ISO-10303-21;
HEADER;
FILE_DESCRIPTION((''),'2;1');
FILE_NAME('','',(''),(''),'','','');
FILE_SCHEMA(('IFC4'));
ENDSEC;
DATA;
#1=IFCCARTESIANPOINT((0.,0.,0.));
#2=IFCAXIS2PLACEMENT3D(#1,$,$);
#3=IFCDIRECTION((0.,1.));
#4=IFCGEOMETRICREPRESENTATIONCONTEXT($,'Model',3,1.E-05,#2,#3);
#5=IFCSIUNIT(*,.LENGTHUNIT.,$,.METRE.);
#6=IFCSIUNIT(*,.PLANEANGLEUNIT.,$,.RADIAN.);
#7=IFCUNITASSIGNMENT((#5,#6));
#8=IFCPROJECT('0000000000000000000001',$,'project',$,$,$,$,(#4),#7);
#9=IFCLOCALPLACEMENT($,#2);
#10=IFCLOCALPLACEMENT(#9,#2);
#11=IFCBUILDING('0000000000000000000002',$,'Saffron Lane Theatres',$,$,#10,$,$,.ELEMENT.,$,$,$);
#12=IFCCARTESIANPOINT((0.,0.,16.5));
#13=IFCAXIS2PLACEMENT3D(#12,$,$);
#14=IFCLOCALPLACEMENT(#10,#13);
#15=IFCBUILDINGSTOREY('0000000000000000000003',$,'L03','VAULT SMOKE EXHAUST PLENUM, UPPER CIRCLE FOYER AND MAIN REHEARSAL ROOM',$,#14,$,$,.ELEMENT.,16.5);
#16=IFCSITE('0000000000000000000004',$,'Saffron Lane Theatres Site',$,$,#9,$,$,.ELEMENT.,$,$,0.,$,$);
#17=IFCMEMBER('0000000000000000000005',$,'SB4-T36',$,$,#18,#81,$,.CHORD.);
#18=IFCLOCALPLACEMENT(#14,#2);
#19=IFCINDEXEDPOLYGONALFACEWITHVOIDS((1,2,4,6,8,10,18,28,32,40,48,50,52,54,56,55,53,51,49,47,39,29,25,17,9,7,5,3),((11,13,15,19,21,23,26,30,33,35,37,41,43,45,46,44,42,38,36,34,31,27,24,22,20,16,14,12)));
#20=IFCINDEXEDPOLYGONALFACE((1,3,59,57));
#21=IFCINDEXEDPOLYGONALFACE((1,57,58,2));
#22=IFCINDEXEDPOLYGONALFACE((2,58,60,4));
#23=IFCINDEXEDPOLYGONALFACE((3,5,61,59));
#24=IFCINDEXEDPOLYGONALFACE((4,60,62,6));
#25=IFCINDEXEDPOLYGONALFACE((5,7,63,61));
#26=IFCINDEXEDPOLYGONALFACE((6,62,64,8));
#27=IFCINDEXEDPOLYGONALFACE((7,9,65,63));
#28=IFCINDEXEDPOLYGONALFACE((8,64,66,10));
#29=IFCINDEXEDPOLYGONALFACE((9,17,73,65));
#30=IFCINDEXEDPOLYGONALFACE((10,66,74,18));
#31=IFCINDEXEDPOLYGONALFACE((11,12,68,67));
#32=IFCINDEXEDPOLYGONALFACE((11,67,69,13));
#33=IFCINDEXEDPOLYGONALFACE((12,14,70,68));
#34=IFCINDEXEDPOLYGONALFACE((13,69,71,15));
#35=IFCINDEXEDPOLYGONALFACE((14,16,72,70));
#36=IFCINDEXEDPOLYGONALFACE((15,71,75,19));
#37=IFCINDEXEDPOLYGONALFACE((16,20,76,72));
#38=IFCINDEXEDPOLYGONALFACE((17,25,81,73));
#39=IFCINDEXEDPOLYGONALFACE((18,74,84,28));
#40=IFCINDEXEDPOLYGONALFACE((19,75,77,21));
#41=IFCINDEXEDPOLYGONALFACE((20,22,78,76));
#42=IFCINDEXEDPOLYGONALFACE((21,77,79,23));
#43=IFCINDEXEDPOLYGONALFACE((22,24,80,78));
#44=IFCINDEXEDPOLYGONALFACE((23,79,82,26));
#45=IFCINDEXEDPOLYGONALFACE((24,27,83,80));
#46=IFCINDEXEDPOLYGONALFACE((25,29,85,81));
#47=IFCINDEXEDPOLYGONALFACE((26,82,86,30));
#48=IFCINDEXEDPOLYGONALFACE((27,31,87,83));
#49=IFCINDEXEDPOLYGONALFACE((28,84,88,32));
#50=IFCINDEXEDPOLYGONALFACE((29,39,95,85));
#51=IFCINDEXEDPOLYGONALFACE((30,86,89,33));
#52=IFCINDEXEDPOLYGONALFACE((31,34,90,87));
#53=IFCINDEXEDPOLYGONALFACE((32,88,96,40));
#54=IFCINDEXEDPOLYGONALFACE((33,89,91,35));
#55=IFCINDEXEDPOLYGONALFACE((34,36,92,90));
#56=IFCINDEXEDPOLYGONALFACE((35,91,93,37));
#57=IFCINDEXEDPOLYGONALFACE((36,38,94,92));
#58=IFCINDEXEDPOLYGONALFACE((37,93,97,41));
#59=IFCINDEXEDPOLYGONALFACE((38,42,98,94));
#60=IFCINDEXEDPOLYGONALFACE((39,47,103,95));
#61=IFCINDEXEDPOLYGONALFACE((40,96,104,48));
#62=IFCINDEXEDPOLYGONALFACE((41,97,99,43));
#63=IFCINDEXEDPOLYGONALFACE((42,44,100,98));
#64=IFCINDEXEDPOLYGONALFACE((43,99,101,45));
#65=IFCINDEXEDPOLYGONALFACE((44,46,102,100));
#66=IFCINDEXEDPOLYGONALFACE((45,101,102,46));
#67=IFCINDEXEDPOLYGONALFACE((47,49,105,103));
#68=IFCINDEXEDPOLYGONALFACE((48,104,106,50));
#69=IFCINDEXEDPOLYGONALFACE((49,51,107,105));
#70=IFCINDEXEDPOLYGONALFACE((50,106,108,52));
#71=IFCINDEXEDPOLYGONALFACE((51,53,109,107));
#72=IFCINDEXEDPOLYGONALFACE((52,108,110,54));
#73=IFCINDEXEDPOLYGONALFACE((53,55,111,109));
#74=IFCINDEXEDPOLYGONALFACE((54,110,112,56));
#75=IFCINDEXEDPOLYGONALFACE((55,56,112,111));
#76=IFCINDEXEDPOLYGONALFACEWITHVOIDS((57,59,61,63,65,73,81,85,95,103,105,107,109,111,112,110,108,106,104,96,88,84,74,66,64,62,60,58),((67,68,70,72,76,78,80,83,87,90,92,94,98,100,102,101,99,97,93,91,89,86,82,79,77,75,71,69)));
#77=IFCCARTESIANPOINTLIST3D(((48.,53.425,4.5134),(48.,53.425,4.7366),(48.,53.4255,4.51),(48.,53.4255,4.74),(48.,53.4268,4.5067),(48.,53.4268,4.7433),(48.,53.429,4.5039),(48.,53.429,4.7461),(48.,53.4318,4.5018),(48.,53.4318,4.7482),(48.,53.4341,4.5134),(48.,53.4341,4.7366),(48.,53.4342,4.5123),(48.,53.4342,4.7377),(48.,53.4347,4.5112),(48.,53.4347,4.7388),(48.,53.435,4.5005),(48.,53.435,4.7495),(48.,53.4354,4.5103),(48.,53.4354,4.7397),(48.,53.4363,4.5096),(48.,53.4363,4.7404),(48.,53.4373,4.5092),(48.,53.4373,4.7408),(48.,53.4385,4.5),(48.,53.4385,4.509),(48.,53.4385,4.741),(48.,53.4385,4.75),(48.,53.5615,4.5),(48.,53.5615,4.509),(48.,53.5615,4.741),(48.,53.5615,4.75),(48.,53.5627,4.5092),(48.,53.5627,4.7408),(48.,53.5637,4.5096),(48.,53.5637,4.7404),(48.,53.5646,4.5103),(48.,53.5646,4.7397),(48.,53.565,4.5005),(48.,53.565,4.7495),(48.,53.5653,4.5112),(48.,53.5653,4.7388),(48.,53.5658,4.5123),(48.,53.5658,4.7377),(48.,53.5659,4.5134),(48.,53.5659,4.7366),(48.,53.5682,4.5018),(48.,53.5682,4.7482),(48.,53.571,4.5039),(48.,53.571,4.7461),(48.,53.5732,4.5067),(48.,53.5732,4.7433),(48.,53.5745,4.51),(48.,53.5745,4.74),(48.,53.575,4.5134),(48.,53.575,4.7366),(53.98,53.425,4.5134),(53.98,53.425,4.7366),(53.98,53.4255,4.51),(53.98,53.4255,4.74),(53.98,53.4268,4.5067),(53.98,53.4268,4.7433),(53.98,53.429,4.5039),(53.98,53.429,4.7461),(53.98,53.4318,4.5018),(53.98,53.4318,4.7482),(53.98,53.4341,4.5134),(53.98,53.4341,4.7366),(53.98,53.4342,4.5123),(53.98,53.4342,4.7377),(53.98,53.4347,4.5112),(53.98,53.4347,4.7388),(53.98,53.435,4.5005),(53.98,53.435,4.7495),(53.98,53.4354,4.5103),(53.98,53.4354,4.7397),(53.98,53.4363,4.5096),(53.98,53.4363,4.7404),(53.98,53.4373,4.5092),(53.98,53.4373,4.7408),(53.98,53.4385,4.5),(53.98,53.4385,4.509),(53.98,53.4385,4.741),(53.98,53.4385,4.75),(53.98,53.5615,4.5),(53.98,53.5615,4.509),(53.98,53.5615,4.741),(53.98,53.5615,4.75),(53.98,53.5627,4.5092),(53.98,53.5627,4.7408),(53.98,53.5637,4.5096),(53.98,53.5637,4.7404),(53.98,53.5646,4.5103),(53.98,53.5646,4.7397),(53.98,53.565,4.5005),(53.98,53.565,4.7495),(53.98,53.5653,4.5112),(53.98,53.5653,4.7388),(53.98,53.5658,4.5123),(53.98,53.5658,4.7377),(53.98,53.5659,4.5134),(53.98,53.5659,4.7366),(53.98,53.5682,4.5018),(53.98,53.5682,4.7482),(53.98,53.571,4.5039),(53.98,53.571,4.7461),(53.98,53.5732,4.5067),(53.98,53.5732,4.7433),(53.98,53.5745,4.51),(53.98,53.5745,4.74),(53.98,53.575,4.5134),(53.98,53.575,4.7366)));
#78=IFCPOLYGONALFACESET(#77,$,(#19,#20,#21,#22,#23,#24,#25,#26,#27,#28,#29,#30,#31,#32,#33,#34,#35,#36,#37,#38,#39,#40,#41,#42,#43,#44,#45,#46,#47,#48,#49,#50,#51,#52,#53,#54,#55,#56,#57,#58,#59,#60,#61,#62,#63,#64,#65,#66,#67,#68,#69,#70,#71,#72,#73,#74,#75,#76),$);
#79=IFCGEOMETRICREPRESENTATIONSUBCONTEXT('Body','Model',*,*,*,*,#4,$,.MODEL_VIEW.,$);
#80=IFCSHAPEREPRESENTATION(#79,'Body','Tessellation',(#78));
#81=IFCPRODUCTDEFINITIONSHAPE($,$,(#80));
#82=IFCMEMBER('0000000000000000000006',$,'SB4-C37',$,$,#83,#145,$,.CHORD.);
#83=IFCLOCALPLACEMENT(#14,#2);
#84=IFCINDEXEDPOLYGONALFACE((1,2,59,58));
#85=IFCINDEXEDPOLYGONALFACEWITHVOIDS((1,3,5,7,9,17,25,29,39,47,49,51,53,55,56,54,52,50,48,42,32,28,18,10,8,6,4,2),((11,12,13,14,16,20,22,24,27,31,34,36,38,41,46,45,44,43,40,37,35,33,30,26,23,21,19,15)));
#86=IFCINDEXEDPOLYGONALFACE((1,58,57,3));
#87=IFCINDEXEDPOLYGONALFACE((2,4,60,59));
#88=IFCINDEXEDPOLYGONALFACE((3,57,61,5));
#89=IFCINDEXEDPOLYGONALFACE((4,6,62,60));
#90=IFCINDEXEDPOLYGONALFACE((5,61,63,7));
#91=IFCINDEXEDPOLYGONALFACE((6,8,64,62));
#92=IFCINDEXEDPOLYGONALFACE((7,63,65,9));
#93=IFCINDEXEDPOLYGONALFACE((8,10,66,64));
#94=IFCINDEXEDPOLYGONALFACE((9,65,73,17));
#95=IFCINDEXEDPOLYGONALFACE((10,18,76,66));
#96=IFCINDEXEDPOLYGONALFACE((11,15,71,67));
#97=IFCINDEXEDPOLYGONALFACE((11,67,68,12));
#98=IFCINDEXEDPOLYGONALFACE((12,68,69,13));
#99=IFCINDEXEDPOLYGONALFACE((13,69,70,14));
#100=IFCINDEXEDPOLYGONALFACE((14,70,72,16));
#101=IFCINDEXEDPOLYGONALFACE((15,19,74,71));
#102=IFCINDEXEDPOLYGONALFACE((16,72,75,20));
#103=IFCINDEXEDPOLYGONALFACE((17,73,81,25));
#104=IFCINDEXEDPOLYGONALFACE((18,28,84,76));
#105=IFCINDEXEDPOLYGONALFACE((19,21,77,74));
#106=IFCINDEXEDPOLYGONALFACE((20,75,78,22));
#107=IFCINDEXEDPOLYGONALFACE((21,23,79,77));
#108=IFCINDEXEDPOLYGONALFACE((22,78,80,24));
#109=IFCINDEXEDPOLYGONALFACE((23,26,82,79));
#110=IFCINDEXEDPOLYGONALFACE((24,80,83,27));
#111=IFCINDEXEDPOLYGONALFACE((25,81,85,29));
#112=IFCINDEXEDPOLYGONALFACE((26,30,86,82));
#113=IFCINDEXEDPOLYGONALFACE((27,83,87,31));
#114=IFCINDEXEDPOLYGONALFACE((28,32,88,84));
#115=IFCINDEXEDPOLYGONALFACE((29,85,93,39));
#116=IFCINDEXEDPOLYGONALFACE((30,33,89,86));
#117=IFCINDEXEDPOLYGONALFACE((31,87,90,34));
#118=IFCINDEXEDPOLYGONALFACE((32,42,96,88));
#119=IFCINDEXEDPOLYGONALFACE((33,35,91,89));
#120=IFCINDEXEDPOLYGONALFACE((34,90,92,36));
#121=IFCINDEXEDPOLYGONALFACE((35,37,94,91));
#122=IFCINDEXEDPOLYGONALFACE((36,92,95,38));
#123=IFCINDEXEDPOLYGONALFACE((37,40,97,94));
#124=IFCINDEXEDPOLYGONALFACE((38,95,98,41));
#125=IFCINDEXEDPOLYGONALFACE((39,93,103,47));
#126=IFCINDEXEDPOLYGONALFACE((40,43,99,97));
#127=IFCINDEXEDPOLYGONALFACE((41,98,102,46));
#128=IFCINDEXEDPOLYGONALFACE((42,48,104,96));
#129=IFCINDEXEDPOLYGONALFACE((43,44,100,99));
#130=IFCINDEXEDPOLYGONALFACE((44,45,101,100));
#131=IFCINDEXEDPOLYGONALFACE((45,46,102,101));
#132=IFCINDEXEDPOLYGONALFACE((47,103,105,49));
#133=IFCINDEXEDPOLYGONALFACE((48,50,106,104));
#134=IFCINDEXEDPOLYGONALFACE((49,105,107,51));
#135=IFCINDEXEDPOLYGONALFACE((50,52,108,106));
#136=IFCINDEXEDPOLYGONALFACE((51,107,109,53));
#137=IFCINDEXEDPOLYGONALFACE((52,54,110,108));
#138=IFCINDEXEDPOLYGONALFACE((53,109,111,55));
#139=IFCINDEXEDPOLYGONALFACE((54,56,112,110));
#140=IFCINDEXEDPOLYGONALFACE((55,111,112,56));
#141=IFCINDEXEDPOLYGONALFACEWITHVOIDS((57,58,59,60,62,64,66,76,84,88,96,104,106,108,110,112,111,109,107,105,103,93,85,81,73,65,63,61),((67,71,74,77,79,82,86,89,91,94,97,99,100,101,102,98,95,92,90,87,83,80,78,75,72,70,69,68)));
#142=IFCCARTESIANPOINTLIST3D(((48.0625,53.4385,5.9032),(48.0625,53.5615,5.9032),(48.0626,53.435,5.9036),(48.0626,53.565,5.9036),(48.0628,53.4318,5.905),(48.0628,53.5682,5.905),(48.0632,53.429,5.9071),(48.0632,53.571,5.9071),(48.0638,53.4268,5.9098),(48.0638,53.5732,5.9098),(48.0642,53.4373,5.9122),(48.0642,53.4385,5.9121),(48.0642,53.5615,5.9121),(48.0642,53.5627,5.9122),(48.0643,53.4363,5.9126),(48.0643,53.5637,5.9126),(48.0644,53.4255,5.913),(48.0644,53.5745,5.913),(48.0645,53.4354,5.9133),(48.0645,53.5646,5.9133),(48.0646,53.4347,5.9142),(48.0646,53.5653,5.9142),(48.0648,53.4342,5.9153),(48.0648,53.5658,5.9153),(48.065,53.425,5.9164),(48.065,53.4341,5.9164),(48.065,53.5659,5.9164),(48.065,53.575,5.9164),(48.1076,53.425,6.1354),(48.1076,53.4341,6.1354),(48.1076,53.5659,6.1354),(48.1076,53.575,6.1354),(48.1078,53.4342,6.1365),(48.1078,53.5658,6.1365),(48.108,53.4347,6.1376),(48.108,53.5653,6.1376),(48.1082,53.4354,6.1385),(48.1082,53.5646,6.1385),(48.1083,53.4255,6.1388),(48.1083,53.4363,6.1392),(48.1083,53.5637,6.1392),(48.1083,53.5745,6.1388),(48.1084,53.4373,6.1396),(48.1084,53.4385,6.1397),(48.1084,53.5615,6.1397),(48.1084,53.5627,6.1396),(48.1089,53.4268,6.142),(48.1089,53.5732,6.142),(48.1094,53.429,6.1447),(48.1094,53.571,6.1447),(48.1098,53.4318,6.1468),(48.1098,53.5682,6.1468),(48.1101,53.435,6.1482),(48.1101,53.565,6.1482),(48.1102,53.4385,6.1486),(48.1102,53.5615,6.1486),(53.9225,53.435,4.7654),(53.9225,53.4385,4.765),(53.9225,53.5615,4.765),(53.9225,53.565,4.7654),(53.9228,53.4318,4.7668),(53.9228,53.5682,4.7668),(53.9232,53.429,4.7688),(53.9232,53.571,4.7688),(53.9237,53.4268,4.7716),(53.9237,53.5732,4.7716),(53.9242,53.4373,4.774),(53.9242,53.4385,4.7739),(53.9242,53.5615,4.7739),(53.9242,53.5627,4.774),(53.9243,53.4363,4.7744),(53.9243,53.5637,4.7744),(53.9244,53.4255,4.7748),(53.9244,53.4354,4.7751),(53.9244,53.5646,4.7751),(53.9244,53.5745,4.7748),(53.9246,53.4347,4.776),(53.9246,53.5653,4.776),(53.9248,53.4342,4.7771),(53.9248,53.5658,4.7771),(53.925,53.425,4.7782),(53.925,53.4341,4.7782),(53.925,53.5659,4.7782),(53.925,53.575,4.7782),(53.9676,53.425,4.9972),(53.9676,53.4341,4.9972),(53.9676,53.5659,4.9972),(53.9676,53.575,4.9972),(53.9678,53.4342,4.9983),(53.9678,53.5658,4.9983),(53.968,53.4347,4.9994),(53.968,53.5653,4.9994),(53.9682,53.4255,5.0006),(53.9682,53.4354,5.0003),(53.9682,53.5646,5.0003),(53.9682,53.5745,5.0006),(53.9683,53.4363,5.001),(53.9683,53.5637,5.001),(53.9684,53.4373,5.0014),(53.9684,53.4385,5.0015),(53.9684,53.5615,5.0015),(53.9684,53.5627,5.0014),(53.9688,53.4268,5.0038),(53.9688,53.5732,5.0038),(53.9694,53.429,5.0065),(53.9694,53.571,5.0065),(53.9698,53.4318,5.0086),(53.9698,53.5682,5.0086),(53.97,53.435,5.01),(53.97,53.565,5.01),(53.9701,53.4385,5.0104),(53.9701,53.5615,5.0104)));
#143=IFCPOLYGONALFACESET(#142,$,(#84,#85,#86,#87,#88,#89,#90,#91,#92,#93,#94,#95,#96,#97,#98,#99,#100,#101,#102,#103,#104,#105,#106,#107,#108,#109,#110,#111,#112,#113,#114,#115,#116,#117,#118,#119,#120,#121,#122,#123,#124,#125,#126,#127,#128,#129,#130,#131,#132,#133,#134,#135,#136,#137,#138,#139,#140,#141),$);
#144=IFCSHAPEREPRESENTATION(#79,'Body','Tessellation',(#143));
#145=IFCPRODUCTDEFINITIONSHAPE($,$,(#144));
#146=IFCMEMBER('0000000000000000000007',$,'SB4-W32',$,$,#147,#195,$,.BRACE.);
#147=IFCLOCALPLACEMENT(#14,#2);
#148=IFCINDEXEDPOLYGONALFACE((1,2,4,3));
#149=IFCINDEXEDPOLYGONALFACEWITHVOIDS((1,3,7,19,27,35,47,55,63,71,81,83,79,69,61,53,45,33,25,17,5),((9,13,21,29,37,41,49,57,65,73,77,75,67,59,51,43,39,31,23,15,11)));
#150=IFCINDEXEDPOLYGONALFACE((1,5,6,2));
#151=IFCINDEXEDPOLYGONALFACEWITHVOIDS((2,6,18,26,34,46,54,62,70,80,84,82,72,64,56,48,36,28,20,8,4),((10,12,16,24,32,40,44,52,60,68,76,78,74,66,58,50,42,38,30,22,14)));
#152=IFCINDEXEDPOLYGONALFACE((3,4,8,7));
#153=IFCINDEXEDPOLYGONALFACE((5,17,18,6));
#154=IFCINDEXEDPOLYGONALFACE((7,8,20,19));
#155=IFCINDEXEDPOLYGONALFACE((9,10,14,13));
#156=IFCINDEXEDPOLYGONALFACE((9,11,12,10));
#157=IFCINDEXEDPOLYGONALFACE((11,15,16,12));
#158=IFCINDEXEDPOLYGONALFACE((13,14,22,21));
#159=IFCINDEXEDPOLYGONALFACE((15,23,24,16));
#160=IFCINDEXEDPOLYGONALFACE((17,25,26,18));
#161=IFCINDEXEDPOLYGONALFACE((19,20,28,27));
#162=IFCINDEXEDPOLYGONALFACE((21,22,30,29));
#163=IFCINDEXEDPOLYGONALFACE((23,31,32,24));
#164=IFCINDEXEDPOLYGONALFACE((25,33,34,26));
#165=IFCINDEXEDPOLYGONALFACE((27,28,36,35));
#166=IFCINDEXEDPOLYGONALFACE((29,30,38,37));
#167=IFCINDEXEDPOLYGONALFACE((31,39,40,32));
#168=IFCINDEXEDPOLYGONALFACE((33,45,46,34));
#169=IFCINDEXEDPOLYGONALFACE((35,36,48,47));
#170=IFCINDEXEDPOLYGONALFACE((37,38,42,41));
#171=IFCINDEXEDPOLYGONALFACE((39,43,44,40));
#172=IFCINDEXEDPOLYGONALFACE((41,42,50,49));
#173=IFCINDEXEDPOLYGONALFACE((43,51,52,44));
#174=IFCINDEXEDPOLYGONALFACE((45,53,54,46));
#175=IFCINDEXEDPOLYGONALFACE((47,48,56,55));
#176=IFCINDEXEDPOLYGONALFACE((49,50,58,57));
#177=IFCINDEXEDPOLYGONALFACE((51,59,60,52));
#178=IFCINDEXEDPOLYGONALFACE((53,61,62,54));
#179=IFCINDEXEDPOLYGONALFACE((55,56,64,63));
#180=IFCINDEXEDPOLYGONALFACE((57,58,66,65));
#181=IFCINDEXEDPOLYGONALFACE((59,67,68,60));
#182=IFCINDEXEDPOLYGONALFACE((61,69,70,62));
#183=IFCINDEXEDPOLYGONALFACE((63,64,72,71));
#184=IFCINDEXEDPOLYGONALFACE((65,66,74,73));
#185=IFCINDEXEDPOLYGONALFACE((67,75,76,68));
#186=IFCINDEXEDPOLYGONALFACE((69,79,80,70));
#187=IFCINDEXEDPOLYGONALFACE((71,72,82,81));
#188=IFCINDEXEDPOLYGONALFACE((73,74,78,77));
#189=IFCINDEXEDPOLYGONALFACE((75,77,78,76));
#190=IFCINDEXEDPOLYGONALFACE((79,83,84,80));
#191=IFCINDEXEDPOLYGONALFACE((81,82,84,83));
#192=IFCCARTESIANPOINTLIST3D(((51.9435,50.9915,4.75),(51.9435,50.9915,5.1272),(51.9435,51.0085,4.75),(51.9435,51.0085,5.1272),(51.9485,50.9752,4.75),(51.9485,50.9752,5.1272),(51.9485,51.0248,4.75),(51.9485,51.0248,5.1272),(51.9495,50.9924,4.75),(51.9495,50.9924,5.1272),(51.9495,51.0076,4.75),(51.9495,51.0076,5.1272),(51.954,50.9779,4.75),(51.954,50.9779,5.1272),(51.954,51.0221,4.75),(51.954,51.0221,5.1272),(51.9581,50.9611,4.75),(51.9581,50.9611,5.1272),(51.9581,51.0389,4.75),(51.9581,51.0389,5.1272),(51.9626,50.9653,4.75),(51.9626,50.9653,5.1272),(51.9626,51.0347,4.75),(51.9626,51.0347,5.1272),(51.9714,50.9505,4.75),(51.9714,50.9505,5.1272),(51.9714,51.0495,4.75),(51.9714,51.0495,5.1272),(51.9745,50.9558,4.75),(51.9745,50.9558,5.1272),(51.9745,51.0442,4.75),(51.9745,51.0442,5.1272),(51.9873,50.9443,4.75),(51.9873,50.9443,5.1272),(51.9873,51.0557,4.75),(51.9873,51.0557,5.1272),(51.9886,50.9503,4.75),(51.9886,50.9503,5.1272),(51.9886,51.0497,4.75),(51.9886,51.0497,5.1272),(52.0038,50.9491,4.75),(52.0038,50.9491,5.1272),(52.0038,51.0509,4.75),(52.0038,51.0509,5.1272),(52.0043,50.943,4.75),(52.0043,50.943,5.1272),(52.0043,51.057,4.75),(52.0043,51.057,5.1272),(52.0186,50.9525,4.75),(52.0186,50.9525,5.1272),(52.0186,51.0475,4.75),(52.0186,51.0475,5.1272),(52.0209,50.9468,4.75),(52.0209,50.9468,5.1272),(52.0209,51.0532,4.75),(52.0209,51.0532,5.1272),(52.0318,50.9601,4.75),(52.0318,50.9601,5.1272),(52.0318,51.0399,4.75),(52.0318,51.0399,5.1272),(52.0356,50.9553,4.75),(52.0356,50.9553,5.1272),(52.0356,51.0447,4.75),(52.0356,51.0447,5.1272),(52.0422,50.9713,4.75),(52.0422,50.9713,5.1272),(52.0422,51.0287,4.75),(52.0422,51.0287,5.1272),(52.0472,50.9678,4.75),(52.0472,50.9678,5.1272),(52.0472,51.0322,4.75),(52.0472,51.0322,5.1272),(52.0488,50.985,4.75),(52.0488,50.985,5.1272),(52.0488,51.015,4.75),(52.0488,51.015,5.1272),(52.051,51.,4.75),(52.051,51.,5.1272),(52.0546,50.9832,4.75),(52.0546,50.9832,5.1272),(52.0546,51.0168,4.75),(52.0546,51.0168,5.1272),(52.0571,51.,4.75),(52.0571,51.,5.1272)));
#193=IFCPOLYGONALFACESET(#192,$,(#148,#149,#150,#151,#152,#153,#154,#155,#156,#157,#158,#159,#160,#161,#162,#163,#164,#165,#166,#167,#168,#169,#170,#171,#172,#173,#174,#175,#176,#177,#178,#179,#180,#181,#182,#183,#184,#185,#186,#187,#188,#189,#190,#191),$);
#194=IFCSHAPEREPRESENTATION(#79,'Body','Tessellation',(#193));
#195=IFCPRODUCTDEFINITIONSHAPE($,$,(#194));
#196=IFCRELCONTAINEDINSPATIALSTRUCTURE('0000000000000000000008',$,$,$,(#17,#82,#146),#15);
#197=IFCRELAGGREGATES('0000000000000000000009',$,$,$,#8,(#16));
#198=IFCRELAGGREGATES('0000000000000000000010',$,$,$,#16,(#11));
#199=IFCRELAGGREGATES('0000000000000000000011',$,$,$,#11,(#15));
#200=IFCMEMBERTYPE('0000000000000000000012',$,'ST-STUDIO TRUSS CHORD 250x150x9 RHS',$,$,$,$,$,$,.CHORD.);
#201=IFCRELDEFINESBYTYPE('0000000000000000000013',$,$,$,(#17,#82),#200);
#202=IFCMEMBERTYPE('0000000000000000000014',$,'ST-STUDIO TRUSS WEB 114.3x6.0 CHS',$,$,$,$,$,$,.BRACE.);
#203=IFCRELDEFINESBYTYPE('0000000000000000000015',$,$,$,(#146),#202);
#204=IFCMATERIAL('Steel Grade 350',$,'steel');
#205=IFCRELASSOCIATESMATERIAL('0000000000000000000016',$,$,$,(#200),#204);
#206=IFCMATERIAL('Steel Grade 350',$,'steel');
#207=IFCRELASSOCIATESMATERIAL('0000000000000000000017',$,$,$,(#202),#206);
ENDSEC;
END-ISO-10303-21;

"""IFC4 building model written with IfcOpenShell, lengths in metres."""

from ifc_helpers import new_model, si_unit, direction, frame, origin, origin_2d, place, context, subcontext, project, spatial, hollow_rectangle, hollow_circle, extrude, material, material_profile, profile_set, type_object, element, save


model = new_model("IFC4")

# Units and contexts
model_context = context("Model", 3, precision=1e-05, world=origin(), true_north=direction((0.0, 1.0)))
body_context = subcontext(model_context, "Body", "Model", "MODEL_VIEW")
ifc_project = project(units=[si_unit("LENGTHUNIT", "METRE"), si_unit("PLANEANGLEUNIT", "RADIAN")], contexts=[model_context])

# Site, building, storey
site_placement = place(None, origin())
site = spatial("IfcSite", under=ifc_project, at=site_placement, Name="Saffron Lane Theatres Site", CompositionType="ELEMENT", RefElevation=0.0)
building_placement = place(site_placement, origin())
building = spatial("IfcBuilding", under=site, at=building_placement, Name="Saffron Lane Theatres", CompositionType="ELEMENT")
storey_placement = place(building_placement, frame((0.0, 0.0, 16.5)))
storey = spatial("IfcBuildingStorey", under=building, at=storey_placement, Name="L03", Description="VAULT SMOKE EXHAUST PLENUM, UPPER CIRCLE FOYER AND MAIN REHEARSAL ROOM", CompositionType="ELEMENT", Elevation=16.5)

# Members
ifc_material_1 = material(Name="Steel Grade 350", Category="steel")
ifc_material_profile_1 = material_profile(ifc_material_1, hollow_rectangle(XDim=0.1499, YDim=0.25, WallThickness=0.009, InnerFilletRadius=0.0044, OuterFilletRadius=0.0134, at=origin_2d()))
ifc_profile_set_1 = profile_set([ifc_material_profile_1], Name="Steel Grade 350")
member_type_1 = type_object("IfcMemberType", Name="ST-STUDIO TRUSS CHORD 250x150x9 RHS", PredefinedType="CHORD", material=ifc_profile_set_1)
member_1_placement = place(storey_placement, frame((53.98, 53.5, 4.625), z_axis=(-1.0, 0.0, 0.0), x_axis=(0.0, -1.0, 0.0)))
element("IfcMember", 1, at=member_1_placement, inside=storey, type_object=member_type_1, Name="SB4-T36", PredefinedType="CHORD", context=body_context, shape_type="SweptSolid", body=[
    extrude(hollow_rectangle(XDim=0.1499, YDim=0.25, WallThickness=0.009, InnerFilletRadius=0.0044, OuterFilletRadius=0.0134, at=origin_2d()), origin(), (0.0, 0.0, 1.0), 5.98),
])
member_2_placement = place(storey_placement, frame((53.9463, 53.5, 4.8877), z_axis=(-0.981654, 0.0, 0.19067), x_axis=(0.0, -1.0, 0.0)))
element("IfcMember", 2, at=member_2_placement, inside=storey, type_object=member_type_1, Name="SB4-C37", PredefinedType="CHORD", context=body_context, shape_type="SweptSolid", body=[
    extrude(hollow_rectangle(XDim=0.1499, YDim=0.25, WallThickness=0.009, InnerFilletRadius=0.0044, OuterFilletRadius=0.0134, at=origin_2d()), origin(), (0.0, 0.0, 1.0), 5.9695),
])
ifc_material_2 = material(Name="Steel Grade 350", Category="steel")
ifc_material_profile_2 = material_profile(ifc_material_2, hollow_circle(Radius=0.0571, WallThickness=0.0061, at=origin_2d()))
ifc_profile_set_2 = profile_set([ifc_material_profile_2], Name="Steel Grade 350")
member_type_2 = type_object("IfcMemberType", Name="ST-STUDIO TRUSS WEB 114.3x6.0 CHS", PredefinedType="BRACE", material=ifc_profile_set_2)
for number, where, z_axis, x_axis, name in (
    (3, (52.0, 51.0, 4.75), (0.0, 0.0, 1.0), (1.0, 0.0, 0.0), "SB4-W32"),
):
    element("IfcMember", number, at=place(storey_placement, frame(where, z_axis=z_axis, x_axis=x_axis)), inside=storey, type_object=member_type_2, Name=name, PredefinedType="BRACE", context=body_context, shape_type="SweptSolid", body=[
        extrude(hollow_circle(Radius=0.0571, WallThickness=0.0061, at=origin_2d()), origin(), (0.0, 0.0, 1.0), 0.3772),
    ])

save(model, "model.ifc")
